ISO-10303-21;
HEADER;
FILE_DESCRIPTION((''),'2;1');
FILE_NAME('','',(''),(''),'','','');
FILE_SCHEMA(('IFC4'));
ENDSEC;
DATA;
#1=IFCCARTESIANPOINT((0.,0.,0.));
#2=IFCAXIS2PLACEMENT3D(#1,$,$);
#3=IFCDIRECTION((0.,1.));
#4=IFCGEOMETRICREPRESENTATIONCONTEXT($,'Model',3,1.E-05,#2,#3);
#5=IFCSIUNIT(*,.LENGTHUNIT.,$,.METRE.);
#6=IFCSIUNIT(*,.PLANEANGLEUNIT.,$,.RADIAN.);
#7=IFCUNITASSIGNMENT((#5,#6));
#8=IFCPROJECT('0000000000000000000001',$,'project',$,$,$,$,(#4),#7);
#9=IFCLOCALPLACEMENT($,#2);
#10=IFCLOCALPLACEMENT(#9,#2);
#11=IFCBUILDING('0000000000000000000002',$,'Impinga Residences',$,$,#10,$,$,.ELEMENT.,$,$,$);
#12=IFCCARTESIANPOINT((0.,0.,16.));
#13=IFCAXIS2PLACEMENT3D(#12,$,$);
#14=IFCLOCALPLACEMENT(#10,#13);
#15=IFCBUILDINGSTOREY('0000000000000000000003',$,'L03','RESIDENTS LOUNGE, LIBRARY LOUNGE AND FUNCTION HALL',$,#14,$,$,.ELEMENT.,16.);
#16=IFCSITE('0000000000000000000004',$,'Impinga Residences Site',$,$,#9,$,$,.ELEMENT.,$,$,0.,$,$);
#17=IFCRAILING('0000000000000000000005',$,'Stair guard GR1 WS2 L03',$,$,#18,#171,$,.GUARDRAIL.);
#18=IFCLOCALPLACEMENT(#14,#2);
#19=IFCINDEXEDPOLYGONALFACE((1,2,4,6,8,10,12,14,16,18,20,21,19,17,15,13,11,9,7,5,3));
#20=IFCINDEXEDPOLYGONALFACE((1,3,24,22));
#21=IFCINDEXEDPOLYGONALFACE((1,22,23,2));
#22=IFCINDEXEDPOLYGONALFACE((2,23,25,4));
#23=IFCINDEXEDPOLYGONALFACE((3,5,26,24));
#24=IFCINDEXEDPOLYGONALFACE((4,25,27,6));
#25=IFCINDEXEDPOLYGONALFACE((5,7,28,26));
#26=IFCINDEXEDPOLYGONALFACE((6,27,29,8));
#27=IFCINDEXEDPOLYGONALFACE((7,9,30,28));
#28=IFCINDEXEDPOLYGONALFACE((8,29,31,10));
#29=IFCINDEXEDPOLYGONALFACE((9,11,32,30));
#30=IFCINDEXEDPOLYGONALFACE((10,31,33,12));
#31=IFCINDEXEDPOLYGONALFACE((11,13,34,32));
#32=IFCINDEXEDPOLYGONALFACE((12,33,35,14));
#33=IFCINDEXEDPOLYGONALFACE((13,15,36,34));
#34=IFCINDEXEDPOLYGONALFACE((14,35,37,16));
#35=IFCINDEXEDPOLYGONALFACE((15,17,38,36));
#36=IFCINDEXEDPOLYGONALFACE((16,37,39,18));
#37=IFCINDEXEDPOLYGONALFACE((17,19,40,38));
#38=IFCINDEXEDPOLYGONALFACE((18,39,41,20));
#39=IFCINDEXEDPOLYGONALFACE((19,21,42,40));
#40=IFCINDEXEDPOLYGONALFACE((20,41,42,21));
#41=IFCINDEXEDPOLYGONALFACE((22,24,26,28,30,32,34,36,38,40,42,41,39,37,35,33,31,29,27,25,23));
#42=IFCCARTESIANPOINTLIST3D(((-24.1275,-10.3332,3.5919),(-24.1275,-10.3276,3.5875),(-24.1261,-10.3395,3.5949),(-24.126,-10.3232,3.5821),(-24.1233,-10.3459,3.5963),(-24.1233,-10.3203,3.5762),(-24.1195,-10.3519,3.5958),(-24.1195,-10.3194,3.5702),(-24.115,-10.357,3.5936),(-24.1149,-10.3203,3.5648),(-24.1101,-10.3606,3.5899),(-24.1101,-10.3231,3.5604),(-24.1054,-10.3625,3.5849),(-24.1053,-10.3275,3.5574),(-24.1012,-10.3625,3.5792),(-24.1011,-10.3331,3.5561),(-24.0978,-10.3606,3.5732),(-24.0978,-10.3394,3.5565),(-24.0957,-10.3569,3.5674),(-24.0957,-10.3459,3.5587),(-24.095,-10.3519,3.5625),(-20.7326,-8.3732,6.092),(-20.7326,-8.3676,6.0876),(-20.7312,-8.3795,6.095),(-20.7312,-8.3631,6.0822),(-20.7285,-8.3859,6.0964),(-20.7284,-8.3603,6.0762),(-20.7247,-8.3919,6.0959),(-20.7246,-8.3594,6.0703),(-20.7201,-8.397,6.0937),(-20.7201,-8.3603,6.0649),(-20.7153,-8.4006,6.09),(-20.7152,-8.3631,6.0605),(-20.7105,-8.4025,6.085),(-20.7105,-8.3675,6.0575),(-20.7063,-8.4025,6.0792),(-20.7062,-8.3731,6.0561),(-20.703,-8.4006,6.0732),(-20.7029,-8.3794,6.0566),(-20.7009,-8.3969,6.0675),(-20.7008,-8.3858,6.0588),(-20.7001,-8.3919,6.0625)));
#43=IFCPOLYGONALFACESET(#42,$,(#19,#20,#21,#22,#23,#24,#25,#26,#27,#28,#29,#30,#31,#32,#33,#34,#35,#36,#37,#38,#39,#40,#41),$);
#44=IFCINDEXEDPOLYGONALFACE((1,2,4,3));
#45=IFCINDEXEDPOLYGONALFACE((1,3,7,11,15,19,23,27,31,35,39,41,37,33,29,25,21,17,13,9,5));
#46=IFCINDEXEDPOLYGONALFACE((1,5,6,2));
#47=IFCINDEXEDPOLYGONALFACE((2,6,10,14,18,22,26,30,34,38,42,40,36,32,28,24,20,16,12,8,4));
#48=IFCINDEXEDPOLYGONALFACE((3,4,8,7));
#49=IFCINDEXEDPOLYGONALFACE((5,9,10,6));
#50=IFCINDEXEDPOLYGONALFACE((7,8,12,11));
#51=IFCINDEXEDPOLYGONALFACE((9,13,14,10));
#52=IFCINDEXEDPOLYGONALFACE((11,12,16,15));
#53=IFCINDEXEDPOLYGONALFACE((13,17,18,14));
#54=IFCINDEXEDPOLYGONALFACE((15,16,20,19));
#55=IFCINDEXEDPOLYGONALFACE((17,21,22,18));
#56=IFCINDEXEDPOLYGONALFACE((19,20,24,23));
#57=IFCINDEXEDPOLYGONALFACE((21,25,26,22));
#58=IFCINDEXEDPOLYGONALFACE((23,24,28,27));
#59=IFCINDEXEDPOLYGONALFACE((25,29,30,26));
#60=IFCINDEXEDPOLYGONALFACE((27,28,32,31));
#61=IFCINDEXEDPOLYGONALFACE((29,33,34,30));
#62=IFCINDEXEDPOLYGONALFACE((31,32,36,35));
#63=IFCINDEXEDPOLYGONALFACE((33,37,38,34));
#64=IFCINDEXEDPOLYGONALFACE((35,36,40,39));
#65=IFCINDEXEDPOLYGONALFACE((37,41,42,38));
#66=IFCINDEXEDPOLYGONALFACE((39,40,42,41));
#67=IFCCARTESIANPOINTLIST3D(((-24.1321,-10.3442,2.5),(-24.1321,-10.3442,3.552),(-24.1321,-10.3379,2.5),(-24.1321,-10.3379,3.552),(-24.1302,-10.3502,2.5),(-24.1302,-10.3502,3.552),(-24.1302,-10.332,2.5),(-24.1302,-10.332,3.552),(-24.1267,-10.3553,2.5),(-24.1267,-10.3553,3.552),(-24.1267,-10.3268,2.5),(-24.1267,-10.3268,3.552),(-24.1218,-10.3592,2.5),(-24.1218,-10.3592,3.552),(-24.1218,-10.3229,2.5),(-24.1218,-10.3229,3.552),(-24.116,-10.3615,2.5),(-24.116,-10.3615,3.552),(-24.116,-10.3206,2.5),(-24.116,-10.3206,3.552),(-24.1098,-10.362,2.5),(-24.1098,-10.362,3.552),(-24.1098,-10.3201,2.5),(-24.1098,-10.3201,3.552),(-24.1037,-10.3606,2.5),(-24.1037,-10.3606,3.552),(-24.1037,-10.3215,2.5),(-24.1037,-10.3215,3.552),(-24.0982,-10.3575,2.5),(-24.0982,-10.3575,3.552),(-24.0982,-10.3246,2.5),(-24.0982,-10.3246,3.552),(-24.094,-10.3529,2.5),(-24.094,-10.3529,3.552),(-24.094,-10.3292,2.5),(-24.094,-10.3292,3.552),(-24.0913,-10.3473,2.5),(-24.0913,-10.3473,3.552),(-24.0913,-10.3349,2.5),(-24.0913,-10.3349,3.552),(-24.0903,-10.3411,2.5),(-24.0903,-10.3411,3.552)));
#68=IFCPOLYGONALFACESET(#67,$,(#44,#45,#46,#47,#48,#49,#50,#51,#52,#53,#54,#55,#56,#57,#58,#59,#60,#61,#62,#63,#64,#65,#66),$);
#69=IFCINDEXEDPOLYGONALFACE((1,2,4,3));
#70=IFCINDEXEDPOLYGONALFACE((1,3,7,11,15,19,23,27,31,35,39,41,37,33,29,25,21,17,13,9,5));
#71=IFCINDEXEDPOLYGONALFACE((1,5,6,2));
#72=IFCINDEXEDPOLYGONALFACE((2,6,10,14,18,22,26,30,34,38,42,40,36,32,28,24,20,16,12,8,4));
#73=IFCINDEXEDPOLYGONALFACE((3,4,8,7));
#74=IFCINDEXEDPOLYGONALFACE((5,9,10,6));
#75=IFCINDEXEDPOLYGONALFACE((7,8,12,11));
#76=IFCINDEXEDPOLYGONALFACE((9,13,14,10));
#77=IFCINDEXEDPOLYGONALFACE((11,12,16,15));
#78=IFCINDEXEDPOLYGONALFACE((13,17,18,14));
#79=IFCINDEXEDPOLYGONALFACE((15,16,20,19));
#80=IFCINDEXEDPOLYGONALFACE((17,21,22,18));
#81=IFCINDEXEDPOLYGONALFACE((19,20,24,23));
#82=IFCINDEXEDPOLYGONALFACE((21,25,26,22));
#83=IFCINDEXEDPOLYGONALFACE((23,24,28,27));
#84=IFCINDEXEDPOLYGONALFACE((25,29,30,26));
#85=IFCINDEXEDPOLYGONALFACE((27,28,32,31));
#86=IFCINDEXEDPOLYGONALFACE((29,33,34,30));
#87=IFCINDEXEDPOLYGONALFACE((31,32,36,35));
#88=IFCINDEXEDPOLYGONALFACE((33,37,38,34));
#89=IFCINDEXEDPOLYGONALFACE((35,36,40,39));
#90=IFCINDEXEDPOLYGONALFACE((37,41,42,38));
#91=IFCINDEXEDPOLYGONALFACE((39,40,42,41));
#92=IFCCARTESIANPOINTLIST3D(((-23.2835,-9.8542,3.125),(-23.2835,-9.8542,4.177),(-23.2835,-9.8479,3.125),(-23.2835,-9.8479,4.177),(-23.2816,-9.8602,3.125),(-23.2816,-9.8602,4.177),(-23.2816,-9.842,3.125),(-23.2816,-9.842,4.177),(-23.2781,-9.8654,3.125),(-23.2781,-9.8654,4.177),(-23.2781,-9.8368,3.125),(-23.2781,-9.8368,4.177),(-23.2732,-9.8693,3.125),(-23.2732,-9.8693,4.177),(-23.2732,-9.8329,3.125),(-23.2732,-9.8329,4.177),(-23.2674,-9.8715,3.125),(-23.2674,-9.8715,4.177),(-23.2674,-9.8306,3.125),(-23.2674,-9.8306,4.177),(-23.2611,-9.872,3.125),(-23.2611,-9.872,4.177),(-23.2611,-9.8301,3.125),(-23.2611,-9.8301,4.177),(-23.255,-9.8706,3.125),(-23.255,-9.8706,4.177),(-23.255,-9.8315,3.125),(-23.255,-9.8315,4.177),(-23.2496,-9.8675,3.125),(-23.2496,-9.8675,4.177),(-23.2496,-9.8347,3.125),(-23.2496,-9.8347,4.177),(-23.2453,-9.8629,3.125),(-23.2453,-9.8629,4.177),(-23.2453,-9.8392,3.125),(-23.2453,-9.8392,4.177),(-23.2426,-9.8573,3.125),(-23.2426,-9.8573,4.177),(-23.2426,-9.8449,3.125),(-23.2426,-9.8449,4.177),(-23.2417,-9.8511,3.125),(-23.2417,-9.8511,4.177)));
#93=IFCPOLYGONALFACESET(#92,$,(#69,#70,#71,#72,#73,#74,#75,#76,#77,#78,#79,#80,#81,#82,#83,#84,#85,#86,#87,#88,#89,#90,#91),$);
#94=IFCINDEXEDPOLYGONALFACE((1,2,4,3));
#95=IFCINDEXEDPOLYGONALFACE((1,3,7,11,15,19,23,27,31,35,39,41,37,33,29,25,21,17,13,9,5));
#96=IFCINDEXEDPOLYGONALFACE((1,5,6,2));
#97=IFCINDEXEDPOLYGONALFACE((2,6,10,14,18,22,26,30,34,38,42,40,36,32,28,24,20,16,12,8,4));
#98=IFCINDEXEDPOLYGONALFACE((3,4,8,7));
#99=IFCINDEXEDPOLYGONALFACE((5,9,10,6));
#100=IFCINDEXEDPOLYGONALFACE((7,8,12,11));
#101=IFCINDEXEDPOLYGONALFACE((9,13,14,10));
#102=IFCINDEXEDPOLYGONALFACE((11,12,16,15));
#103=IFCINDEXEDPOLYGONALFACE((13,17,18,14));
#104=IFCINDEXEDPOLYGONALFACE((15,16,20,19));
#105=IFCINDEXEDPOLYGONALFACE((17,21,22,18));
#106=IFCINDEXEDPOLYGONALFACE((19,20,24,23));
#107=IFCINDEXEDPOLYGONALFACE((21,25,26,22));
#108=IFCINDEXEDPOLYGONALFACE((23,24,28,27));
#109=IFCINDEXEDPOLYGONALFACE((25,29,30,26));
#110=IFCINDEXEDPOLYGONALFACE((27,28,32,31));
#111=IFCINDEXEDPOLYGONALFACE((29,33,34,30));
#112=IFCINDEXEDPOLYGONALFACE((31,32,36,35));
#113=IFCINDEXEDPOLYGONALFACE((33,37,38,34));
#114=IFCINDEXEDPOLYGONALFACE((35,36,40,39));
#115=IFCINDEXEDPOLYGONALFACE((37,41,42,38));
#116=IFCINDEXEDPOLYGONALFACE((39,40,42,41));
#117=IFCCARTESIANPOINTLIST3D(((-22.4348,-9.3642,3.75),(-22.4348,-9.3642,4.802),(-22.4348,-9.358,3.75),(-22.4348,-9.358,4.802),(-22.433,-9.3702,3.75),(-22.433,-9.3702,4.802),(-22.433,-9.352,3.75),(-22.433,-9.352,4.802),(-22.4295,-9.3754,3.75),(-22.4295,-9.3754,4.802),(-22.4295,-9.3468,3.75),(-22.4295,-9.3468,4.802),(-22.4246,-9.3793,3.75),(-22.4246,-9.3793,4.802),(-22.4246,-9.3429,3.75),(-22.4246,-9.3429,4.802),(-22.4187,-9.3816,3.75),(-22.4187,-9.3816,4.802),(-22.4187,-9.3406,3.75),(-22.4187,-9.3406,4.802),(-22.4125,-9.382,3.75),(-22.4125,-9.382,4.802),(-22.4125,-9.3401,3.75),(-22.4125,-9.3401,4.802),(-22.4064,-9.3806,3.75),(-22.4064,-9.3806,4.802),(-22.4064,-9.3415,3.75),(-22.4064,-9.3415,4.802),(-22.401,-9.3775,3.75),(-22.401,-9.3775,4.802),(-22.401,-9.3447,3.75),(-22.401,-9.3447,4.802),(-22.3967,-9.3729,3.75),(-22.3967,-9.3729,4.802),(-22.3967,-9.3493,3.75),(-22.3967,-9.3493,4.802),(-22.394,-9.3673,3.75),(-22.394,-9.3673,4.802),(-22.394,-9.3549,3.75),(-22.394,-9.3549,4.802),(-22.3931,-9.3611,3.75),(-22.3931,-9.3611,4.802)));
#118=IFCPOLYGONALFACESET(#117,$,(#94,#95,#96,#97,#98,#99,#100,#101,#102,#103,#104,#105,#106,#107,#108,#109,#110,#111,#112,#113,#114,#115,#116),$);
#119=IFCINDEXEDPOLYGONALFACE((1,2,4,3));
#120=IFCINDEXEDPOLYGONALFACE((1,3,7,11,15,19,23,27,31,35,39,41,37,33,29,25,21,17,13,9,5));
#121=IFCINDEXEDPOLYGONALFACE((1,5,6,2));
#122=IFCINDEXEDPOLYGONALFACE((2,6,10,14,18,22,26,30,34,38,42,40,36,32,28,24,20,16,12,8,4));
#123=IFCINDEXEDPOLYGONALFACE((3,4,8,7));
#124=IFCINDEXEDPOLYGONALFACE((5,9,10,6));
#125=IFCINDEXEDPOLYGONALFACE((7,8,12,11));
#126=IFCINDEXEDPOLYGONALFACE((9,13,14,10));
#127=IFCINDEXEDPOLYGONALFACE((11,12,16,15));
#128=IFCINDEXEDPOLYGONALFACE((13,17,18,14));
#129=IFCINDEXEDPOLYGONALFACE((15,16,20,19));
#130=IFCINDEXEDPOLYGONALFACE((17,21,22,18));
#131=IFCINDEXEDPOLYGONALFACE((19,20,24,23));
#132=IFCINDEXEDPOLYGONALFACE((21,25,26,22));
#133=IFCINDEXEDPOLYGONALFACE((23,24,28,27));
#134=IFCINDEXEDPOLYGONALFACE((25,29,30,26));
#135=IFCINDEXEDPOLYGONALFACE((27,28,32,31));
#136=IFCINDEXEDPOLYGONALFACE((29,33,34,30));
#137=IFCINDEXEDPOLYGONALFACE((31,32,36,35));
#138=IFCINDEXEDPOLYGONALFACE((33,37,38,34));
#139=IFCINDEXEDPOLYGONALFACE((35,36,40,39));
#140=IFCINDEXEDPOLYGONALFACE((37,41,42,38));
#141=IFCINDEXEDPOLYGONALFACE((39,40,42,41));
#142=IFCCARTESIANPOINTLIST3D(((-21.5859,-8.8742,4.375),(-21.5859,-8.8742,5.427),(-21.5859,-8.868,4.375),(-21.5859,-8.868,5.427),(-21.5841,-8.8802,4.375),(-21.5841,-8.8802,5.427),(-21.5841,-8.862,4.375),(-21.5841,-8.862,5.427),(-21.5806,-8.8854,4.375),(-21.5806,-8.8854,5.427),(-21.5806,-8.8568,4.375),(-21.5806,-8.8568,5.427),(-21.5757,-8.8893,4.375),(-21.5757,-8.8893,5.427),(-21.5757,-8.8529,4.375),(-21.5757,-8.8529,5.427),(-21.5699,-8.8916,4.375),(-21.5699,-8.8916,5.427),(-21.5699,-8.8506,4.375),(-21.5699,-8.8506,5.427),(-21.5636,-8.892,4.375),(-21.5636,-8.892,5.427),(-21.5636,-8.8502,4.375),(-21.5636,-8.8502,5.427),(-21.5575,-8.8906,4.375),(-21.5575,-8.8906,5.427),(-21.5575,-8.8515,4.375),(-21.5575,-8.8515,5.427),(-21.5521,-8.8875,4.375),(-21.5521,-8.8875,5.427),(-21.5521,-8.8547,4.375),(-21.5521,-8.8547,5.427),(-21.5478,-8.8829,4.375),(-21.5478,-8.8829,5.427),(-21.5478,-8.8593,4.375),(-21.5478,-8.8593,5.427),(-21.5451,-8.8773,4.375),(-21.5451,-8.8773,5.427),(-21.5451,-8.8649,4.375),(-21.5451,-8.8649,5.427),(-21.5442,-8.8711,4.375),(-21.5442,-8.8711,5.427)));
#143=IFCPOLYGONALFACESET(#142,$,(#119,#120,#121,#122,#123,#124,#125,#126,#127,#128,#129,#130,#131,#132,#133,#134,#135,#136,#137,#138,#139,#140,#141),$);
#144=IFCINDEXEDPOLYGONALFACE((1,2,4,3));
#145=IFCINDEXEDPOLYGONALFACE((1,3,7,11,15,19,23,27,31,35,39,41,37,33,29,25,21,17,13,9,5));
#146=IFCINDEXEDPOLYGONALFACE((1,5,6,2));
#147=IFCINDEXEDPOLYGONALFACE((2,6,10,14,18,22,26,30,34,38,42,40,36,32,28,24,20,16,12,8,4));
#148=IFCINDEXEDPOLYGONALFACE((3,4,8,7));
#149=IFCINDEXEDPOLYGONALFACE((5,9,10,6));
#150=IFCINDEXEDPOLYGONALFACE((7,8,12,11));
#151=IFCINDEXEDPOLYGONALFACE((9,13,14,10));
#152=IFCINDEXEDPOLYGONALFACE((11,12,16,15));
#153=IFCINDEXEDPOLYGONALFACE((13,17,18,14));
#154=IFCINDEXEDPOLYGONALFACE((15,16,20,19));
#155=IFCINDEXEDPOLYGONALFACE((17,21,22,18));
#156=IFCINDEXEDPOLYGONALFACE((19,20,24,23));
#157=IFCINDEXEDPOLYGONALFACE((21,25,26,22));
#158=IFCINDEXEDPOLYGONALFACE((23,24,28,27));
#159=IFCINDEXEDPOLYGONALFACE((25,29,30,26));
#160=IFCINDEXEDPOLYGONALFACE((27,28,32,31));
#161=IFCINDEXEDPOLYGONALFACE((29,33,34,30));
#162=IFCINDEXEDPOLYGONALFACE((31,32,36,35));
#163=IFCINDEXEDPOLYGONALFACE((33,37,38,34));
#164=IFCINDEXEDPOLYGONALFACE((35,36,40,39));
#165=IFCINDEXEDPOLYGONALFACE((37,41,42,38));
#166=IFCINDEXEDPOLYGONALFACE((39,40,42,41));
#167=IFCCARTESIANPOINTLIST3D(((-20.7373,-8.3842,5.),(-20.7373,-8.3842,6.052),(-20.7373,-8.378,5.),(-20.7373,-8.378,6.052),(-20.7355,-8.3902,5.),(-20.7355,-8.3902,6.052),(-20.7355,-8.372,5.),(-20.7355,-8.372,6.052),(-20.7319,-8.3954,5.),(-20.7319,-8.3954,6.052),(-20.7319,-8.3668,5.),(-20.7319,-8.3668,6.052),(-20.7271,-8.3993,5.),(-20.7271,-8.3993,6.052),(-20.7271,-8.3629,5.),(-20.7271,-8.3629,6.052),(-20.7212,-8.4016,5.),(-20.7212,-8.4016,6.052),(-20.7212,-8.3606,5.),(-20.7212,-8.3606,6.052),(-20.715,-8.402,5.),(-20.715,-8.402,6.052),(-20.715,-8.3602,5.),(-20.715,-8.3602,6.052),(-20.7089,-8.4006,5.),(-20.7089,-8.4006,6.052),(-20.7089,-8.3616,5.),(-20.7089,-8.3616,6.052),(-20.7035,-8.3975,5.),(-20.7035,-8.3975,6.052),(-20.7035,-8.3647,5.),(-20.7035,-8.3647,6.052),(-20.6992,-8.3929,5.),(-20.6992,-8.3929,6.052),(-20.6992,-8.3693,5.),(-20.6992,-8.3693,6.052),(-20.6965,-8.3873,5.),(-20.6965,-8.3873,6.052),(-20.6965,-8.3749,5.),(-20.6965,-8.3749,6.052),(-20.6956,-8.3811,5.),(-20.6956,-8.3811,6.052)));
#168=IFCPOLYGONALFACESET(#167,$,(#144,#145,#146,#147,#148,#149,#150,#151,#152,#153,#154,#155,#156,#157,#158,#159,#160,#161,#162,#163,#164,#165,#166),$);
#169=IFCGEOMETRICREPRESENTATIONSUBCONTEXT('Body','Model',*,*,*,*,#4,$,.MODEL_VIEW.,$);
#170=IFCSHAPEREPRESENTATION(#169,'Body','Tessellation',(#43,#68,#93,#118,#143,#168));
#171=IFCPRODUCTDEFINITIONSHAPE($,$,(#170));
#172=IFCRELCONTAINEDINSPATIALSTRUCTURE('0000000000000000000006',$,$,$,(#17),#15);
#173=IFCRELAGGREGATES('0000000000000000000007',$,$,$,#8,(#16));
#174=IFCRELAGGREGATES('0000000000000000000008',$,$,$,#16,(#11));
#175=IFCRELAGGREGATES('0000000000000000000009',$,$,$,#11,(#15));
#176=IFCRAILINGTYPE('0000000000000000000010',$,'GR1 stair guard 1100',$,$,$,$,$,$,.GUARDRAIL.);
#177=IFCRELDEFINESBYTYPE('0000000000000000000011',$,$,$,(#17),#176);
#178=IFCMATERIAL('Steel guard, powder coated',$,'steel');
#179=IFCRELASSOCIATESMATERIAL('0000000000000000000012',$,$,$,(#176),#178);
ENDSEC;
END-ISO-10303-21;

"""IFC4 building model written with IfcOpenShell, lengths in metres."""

from ifc_helpers import new_model, si_unit, direction, frame, origin, origin_2d, place, context, subcontext, project, spatial, circle, extrude, material, type_object, element, save


model = new_model("IFC4")

# Units and contexts
model_context = context("Model", 3, precision=1e-05, world=origin(), true_north=direction((0.0, 1.0)))
body_context = subcontext(model_context, "Body", "Model", "MODEL_VIEW")
ifc_project = project(units=[si_unit("LENGTHUNIT", "METRE"), si_unit("PLANEANGLEUNIT", "RADIAN")], contexts=[model_context])

# Site, building, storey
site_placement = place(None, origin())
site = spatial("IfcSite", under=ifc_project, at=site_placement, Name="Impinga Residences Site", CompositionType="ELEMENT", RefElevation=0.0)
building_placement = place(site_placement, origin())
building = spatial("IfcBuilding", under=site, at=building_placement, Name="Impinga Residences", CompositionType="ELEMENT")
storey_placement = place(building_placement, frame((0.0, 0.0, 16.0)))
storey = spatial("IfcBuildingStorey", under=building, at=storey_placement, Name="L03", Description="RESIDENTS LOUNGE, LIBRARY LOUNGE AND FUNCTION HALL", CompositionType="ELEMENT", Elevation=16.0)

# Railing
ifc_material_1 = material(Name="Steel guard, powder coated", Category="steel")
railing_type_1 = type_object("IfcRailingType", Name="GR1 stair guard 1100", PredefinedType="GUARDRAIL", material=ifc_material_1)
railing_1_placement = place(storey_placement, frame((-24.1113, -10.3411, 2.5)))
element("IfcRailing", 1, at=railing_1_placement, inside=storey, type_object=railing_type_1, Name="Stair guard GR1 WS2 L03", PredefinedType="GUARDRAIL", context=body_context, shape_type="SweptSolid", body=[
    extrude(circle(Radius=0.0239, at=origin_2d()), frame((0.0, 0.0, 1.0762), z_axis=(0.73017, 0.421561, 0.537716), x_axis=(-0.499997, 0.866027, 0.0)), (0.0, 0.0, 1.0), 4.6494),
    extrude(circle(Radius=0.021, at=origin_2d()), origin(), (0.0, 0.0, 1.0), 1.052),
    extrude(circle(Radius=0.021, at=origin_2d()), frame((0.8486, 0.49, 0.625)), (0.0, 0.0, 1.0), 1.052),
    extrude(circle(Radius=0.021, at=origin_2d()), frame((1.6973, 0.98, 1.25)), (0.0, 0.0, 1.0), 1.052),
    extrude(circle(Radius=0.021, at=origin_2d()), frame((2.5461, 1.47, 1.875)), (0.0, 0.0, 1.0), 1.052),
    extrude(circle(Radius=0.021, at=origin_2d()), frame((3.3948, 1.96, 2.5)), (0.0, 0.0, 1.0), 1.052),
])

save(model, "model.ifc")
